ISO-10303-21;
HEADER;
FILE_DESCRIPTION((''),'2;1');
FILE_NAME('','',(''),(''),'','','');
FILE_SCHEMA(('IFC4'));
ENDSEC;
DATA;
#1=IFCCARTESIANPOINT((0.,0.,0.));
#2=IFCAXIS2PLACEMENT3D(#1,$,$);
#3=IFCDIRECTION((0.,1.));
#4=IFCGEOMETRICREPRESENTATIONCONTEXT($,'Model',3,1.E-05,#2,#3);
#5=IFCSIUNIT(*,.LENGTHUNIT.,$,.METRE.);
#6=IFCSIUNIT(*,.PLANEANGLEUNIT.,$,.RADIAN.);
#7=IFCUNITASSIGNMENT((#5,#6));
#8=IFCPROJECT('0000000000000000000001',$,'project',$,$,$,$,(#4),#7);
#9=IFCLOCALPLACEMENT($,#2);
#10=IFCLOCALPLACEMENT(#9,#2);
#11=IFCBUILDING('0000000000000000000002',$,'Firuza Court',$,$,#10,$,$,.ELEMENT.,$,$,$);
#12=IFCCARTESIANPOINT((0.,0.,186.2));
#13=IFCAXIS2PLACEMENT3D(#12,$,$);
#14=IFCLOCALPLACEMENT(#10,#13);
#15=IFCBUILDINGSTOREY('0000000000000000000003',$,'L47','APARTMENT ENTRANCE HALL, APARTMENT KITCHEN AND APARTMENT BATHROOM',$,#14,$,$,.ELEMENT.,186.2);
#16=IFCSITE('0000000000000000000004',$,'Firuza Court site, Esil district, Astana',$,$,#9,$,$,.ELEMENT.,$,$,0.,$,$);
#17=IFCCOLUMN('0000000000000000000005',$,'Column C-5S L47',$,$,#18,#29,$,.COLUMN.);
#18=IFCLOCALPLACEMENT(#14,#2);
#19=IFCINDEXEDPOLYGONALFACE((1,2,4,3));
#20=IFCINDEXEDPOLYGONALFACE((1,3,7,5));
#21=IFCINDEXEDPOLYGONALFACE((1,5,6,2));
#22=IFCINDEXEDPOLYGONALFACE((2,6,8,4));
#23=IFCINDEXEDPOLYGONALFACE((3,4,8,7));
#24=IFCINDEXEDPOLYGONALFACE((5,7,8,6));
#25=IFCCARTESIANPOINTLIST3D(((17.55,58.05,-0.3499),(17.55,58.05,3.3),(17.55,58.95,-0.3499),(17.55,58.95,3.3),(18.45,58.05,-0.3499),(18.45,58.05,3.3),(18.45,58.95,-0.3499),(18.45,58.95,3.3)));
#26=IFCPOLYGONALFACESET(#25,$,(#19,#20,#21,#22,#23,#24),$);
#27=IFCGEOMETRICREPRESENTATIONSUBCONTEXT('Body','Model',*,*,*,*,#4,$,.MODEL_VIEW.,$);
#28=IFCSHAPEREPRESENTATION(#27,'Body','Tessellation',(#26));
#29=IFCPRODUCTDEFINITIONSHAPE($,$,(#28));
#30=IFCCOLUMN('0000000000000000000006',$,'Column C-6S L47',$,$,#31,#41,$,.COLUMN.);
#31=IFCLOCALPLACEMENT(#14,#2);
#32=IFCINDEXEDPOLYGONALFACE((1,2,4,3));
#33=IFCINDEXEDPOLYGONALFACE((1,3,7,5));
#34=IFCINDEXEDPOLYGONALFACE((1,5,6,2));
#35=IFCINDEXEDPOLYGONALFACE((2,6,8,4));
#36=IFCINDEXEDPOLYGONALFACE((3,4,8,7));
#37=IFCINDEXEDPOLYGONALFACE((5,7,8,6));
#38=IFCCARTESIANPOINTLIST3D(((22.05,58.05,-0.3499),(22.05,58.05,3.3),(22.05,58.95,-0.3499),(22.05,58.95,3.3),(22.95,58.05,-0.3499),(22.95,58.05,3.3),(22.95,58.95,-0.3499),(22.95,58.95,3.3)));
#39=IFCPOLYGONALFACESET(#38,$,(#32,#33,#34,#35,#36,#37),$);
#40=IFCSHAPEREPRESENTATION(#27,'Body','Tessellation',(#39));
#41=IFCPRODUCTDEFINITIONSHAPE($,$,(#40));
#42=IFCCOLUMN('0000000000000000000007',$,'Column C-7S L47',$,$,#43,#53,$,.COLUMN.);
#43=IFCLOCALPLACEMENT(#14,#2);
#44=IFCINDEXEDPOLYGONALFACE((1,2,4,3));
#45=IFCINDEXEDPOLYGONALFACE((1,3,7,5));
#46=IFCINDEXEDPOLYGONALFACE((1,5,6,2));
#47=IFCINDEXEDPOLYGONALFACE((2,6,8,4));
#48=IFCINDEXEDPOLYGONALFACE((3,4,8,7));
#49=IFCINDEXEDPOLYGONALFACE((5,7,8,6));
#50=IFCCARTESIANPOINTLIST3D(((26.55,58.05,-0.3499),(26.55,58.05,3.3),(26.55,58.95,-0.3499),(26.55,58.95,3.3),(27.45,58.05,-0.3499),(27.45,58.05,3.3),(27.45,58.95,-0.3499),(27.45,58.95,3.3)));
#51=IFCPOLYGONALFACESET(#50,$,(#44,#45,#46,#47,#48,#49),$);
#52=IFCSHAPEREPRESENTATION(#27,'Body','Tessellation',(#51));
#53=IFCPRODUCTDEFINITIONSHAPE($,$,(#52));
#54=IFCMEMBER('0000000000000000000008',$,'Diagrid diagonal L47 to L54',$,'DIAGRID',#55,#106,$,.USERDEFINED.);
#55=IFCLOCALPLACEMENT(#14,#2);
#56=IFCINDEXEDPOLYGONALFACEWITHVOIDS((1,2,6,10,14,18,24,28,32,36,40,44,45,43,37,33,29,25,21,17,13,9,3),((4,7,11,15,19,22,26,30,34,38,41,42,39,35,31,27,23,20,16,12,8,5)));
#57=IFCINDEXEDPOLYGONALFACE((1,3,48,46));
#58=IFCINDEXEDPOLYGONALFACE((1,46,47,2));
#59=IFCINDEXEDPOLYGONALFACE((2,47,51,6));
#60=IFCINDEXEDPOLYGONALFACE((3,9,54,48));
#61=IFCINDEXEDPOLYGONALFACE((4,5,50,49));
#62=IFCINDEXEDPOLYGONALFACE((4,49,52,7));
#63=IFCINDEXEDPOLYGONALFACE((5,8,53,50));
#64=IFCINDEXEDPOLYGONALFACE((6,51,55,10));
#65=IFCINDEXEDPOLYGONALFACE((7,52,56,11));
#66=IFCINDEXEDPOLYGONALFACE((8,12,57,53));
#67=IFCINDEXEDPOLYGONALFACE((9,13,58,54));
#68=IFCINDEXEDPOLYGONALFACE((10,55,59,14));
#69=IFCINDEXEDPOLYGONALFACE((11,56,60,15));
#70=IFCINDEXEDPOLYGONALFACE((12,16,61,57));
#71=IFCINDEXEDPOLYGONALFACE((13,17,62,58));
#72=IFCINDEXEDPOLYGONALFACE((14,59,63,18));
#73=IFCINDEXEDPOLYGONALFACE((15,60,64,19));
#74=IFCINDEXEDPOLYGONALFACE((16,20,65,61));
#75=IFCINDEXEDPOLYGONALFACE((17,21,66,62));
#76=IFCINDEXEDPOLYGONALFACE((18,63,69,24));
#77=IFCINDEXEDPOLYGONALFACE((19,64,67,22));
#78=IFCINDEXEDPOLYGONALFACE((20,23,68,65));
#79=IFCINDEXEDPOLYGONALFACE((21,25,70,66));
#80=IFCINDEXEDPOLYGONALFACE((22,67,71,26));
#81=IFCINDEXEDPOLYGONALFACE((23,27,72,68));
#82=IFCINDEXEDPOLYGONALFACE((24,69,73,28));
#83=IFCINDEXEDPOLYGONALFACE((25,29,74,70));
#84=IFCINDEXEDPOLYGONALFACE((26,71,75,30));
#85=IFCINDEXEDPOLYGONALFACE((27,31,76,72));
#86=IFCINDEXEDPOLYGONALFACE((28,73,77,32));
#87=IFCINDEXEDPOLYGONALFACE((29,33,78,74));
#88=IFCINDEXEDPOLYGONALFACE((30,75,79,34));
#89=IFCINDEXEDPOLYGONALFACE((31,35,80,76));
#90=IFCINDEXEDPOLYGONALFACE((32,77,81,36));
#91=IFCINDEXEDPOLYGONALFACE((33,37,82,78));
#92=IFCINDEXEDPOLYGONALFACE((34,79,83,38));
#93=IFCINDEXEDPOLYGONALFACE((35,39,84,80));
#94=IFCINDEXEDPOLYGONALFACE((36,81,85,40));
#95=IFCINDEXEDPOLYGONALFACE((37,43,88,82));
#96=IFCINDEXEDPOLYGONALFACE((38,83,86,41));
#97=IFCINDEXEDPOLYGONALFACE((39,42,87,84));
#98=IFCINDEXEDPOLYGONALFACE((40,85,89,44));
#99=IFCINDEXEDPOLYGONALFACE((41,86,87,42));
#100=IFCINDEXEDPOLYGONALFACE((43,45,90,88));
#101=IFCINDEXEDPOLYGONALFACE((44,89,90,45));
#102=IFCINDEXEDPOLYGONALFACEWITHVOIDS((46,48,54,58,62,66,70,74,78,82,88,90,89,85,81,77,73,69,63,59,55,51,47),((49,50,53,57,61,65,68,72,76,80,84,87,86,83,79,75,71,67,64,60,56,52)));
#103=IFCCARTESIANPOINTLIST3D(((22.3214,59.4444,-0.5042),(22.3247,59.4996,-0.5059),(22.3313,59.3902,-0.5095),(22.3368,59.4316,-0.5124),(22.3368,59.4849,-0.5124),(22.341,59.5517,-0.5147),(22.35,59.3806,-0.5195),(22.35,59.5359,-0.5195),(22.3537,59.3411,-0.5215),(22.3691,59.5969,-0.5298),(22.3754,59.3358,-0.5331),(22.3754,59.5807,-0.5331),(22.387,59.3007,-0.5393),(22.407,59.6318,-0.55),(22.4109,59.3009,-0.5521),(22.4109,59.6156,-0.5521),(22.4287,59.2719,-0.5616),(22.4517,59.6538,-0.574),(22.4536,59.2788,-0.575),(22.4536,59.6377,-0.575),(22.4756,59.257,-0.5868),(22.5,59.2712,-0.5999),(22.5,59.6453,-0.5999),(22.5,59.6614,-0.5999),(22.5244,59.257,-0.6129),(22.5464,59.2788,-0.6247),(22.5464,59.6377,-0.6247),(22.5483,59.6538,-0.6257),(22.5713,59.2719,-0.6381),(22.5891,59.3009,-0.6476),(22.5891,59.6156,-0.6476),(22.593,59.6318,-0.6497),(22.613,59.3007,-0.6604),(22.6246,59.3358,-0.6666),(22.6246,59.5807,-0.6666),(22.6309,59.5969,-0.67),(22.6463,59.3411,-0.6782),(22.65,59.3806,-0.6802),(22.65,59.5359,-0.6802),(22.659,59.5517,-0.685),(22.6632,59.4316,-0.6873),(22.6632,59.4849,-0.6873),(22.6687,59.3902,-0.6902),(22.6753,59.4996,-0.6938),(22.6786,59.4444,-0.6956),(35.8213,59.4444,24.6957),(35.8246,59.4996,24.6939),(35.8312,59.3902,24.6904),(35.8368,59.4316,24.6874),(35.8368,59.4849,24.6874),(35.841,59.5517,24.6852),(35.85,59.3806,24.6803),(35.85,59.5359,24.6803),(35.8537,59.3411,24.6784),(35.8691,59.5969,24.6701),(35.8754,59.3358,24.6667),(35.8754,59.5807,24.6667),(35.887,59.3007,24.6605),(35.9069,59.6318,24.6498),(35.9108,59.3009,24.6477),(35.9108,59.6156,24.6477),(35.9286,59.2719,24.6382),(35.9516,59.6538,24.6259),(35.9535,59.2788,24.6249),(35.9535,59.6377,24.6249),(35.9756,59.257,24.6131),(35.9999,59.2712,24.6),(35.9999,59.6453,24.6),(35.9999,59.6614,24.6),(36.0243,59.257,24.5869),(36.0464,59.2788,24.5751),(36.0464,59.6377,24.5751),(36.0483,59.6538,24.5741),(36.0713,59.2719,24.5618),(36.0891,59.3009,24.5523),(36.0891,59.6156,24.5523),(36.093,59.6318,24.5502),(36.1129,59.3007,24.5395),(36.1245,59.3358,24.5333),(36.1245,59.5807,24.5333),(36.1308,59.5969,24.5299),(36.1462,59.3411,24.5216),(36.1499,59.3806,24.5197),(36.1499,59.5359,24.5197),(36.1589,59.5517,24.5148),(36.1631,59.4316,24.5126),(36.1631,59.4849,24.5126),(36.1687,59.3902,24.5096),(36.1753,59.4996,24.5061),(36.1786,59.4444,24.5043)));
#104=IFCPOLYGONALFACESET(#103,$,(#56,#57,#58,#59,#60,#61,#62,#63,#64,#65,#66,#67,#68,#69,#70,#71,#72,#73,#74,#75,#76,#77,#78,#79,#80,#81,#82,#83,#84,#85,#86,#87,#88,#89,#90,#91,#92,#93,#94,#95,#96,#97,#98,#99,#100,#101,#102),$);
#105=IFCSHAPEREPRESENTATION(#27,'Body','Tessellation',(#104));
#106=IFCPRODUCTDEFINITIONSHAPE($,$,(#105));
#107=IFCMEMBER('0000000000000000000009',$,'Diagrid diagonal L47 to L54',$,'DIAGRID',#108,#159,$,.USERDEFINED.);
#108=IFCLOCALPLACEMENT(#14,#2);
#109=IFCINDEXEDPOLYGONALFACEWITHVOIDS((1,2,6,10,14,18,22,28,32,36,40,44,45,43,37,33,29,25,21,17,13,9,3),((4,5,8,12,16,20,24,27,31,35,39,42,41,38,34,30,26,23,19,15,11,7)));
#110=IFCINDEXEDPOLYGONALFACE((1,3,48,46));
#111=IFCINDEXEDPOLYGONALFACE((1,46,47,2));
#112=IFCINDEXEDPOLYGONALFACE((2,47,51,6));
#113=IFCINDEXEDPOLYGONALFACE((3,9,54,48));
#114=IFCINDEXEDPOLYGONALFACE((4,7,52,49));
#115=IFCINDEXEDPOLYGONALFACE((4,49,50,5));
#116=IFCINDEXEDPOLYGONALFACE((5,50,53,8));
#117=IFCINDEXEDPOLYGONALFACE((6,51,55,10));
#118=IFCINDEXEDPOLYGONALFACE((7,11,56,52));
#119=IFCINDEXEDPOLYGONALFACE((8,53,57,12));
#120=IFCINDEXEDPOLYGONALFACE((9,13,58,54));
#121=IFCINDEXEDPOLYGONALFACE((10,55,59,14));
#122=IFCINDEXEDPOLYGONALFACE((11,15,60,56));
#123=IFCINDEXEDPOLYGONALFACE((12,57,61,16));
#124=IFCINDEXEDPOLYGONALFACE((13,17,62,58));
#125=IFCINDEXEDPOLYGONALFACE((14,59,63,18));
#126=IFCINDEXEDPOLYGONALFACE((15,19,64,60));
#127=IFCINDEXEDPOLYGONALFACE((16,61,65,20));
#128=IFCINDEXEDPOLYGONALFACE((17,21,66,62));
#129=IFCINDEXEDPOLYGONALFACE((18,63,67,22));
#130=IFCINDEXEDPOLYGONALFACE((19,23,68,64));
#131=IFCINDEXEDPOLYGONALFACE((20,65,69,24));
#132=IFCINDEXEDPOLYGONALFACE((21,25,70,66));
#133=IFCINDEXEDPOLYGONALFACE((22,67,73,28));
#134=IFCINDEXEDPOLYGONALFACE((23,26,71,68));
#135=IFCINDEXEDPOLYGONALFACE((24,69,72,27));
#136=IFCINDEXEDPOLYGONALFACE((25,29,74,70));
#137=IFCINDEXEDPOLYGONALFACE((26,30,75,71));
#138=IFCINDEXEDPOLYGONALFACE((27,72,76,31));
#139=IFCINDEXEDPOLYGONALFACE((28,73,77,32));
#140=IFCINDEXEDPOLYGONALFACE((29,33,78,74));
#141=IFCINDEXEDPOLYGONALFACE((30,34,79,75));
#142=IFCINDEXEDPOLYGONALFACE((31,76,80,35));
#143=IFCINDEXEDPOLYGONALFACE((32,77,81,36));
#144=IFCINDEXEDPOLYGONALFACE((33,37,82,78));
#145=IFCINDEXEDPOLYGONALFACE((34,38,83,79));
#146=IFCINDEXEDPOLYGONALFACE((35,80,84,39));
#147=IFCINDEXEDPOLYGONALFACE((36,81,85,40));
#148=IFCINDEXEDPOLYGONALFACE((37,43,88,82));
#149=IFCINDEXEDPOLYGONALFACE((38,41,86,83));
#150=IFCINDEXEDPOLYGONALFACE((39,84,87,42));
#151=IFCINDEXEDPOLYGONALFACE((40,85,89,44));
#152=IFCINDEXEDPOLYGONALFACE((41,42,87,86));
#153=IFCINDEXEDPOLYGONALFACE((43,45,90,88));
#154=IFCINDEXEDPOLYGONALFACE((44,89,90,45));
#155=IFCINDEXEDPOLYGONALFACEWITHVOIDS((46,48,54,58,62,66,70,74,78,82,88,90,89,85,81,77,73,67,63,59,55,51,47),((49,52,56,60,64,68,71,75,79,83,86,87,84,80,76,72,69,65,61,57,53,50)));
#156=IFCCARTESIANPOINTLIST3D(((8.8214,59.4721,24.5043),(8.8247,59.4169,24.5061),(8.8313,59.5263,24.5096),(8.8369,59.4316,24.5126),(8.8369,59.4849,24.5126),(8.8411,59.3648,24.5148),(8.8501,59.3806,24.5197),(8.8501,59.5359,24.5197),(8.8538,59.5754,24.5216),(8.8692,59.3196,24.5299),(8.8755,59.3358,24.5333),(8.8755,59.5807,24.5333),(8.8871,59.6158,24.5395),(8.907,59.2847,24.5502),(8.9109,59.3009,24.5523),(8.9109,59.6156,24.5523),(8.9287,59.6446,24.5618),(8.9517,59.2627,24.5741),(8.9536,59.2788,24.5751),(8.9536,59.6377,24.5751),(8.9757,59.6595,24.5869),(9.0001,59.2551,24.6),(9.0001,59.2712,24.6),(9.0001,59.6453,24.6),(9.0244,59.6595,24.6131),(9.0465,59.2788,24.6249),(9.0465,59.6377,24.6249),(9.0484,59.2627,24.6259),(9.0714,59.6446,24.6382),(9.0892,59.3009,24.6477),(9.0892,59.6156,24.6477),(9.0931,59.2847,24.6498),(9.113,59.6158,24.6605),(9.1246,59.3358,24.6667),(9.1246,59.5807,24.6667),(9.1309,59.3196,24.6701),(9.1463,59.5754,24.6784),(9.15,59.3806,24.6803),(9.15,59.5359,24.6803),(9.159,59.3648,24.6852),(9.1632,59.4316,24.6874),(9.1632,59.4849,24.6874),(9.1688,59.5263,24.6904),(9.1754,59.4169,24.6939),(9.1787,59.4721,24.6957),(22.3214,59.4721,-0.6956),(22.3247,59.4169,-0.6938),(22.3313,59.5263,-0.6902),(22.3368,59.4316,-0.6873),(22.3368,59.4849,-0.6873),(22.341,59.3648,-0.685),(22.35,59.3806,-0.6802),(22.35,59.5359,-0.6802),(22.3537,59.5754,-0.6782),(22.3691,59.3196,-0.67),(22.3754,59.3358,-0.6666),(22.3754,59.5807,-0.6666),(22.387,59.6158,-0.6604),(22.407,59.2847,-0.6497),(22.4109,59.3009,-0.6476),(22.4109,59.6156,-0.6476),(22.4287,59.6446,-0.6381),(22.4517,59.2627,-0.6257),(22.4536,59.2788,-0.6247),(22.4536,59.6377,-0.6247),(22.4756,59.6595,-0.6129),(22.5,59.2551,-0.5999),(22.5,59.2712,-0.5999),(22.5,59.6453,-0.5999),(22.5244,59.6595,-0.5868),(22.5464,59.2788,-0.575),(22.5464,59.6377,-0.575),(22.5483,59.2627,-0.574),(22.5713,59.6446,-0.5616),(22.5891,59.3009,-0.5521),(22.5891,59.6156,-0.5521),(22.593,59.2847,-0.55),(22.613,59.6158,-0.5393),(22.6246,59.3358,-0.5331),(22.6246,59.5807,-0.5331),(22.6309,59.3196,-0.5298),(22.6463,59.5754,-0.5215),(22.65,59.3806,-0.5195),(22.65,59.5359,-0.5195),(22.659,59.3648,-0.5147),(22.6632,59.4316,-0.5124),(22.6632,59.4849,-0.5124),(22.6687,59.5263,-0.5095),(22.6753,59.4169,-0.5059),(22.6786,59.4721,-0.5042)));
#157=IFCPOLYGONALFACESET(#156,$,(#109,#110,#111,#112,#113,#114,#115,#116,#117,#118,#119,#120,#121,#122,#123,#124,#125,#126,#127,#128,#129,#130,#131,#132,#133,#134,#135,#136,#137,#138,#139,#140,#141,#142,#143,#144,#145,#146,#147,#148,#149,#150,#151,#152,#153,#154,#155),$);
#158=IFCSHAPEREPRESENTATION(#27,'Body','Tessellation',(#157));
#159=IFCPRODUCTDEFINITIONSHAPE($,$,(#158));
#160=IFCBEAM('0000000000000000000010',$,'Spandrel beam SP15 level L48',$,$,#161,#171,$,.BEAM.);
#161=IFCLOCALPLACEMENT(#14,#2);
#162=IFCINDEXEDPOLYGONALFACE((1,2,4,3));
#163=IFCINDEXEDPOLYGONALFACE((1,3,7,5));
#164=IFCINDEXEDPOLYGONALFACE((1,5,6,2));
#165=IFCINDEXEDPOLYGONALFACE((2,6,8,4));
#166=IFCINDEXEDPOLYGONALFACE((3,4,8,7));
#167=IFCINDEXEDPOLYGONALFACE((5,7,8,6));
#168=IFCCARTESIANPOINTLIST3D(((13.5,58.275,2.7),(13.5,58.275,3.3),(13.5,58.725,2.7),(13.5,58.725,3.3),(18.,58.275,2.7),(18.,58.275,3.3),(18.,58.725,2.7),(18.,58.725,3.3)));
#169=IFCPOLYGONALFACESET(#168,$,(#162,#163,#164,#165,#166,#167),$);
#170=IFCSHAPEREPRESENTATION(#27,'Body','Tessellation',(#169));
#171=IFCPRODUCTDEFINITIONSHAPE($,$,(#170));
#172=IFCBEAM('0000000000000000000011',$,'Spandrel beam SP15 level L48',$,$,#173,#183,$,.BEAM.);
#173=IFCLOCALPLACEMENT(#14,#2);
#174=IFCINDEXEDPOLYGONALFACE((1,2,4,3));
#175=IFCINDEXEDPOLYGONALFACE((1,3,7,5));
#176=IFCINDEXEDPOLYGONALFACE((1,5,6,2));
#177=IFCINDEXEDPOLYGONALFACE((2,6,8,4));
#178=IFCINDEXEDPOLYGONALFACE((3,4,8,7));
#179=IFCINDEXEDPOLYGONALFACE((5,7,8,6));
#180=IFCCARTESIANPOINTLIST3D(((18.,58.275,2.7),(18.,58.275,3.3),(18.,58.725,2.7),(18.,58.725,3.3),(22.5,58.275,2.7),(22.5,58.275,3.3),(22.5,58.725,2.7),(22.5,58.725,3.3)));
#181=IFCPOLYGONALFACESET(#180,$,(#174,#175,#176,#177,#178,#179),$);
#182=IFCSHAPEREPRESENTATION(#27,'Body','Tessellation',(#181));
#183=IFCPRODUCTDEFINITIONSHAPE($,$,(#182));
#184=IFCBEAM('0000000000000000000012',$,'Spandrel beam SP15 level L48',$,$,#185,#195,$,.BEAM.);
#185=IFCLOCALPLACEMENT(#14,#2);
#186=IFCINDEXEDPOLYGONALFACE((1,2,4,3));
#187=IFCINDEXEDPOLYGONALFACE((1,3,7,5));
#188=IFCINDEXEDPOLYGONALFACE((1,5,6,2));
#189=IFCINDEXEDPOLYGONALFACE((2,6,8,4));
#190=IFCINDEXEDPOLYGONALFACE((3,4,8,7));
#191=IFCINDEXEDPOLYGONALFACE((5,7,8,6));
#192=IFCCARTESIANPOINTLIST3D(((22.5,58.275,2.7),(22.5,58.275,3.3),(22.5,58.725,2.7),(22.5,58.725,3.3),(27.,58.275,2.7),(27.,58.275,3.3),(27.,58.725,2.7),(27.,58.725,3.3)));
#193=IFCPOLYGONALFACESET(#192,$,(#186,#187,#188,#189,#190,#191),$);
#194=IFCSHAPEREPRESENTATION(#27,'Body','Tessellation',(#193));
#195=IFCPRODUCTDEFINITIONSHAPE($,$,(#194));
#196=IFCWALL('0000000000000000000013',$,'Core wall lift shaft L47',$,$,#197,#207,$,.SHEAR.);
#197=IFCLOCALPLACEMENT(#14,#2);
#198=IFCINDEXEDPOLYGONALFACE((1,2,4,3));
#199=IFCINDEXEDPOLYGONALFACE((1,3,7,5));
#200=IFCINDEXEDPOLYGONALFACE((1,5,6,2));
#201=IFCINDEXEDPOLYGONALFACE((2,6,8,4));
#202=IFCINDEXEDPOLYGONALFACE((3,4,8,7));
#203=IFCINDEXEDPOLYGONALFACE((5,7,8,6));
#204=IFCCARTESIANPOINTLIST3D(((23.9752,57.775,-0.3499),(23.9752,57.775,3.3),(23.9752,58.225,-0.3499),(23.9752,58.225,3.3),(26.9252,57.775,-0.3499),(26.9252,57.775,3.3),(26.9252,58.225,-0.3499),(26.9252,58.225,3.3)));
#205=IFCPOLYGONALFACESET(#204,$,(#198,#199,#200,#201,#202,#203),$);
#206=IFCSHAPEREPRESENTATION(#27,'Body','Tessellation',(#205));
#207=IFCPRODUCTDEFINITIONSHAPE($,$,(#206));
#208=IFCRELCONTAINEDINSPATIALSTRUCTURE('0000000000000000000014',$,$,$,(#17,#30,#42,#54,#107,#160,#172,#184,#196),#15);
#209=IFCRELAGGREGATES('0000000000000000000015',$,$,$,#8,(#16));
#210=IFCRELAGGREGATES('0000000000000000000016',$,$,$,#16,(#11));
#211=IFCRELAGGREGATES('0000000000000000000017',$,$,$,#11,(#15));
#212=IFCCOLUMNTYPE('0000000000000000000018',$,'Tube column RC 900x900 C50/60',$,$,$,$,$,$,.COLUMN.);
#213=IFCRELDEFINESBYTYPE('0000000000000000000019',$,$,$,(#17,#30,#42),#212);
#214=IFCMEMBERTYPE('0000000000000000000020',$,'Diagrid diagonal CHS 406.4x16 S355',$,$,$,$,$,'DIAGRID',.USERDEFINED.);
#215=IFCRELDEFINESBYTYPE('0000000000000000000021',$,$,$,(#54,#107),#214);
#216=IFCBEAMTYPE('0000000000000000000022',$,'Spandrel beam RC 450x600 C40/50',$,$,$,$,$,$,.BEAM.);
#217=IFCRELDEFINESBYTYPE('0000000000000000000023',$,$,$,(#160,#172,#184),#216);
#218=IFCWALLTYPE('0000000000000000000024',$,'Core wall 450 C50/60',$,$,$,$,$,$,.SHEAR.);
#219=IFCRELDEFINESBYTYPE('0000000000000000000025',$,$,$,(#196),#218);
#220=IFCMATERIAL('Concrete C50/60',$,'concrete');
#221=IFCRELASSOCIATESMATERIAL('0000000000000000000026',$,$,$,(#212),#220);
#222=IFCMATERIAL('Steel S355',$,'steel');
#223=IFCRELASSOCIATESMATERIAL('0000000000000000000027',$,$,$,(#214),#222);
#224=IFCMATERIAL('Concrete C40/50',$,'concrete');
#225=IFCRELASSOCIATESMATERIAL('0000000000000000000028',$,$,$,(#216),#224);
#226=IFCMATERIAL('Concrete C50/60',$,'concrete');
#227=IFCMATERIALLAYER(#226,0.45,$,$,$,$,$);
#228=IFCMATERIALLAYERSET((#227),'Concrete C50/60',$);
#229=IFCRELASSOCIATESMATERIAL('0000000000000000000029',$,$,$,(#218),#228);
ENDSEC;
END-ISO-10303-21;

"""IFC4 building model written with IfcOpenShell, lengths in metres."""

from ifc_helpers import new_model, si_unit, direction, frame, frame_2d, origin, origin_2d, place, context, subcontext, project, spatial, rectangle, hollow_circle, extrude, material, layer, layer_set, material_profile, profile_set, type_object, element, save


model = new_model("IFC4")

# Units and contexts
model_context = context("Model", 3, precision=1e-05, world=origin(), true_north=direction((0.0, 1.0)))
body_context = subcontext(model_context, "Body", "Model", "MODEL_VIEW")
ifc_project = project(units=[si_unit("LENGTHUNIT", "METRE"), si_unit("PLANEANGLEUNIT", "RADIAN")], contexts=[model_context])

# Site, building, storey
site_placement = place(None, origin())
site = spatial("IfcSite", under=ifc_project, at=site_placement, Name="Firuza Court site, Esil district, Astana", CompositionType="ELEMENT", RefElevation=0.0)
building_placement = place(site_placement, origin())
building = spatial("IfcBuilding", under=site, at=building_placement, Name="Firuza Court", CompositionType="ELEMENT")
storey_placement = place(building_placement, frame((0.0, 0.0, 186.2)))
storey = spatial("IfcBuildingStorey", under=building, at=storey_placement, Name="L47", Description="APARTMENT ENTRANCE HALL, APARTMENT KITCHEN AND APARTMENT BATHROOM", CompositionType="ELEMENT", Elevation=186.2)

# Columns
ifc_material_1 = material(Name="Concrete C50/60", Category="concrete")
ifc_material_profile_1 = material_profile(ifc_material_1, rectangle(XDim=0.8999, YDim=0.8999, at=origin_2d()), Name="RC 900x900")
ifc_profile_set_1 = profile_set([ifc_material_profile_1], Name="Concrete C50/60")
column_type = type_object("IfcColumnType", Name="Tube column RC 900x900 C50/60", PredefinedType="COLUMN", material=ifc_profile_set_1)
for number, where, z_axis, x_axis, name in (
    (1, (18.0, 58.5, -0.3499), (0.0, 0.0, 1.0), (1.0, 0.0, 0.0), "Column C-5S L47"),
    (2, (22.5, 58.5, -0.3499), (0.0, 0.0, 1.0), (1.0, 0.0, 0.0), "Column C-6S L47"),
    (3, (27.0, 58.5, -0.3499), (0.0, 0.0, 1.0), (1.0, 0.0, 0.0), "Column C-7S L47"),
):
    element("IfcColumn", number, at=place(storey_placement, frame(where, z_axis=z_axis, x_axis=x_axis)), inside=storey, type_object=column_type, Name=name, PredefinedType="COLUMN", context=body_context, shape_type="SweptSolid", body=[
        extrude(rectangle(XDim=0.8999, YDim=0.8999, at=origin_2d()), origin(), (0.0, 0.0, 1.0), 3.6499),
    ])

# Members
ifc_material_2 = material(Name="Steel S355", Category="steel")
ifc_material_profile_2 = material_profile(ifc_material_2, hollow_circle(Radius=0.2031, WallThickness=0.0161, at=origin_2d()), Name="CHS 406.4x16")
ifc_profile_set_2 = profile_set([ifc_material_profile_2], Name="Steel S355")
member_type = type_object("IfcMemberType", Name="Diagrid diagonal CHS 406.4x16 S355", ElementType="DIAGRID", PredefinedType="USERDEFINED", material=ifc_profile_set_2)
for number, where, z_axis, x_axis, name in (
    (4, (22.5, 59.4583, -0.5999), (0.472222, 0.0, 0.88148), (0.0, 1.0, 0.0), "Diagrid diagonal L47 to L54"),
    (5, (22.5, 59.4583, -0.5999), (-0.472222, 0.0, 0.88148), (0.0, -1.0, 0.0), "Diagrid diagonal L47 to L54"),
):
    element("IfcMember", number, at=place(storey_placement, frame(where, z_axis=z_axis, x_axis=x_axis)), inside=storey, type_object=member_type, Name=name, ObjectType="DIAGRID", PredefinedType="USERDEFINED", context=body_context, shape_type="SweptSolid", body=[
        extrude(hollow_circle(Radius=0.2031, WallThickness=0.0161, at=origin_2d()), origin(), (0.0, 0.0, 1.0), 28.5881),
    ])

# Beams
ifc_material_3 = material(Name="Concrete C40/50", Category="concrete")
ifc_material_profile_3 = material_profile(ifc_material_3, rectangle(XDim=0.45, YDim=0.6001, at=origin_2d()), Name="RC 450x600")
ifc_profile_set_3 = profile_set([ifc_material_profile_3], Name="Concrete C40/50")
beam_type = type_object("IfcBeamType", Name="Spandrel beam RC 450x600 C40/50", PredefinedType="BEAM", material=ifc_profile_set_3)
for number, where, z_axis, x_axis, name in (
    (6, (18.0, 58.5, 3.0), (-1.0, 0.0, 0.0), (0.0, -1.0, 0.0), "Spandrel beam SP15 level L48"),
    (7, (22.5, 58.5, 3.0), (-1.0, 0.0, 0.0), (0.0, -1.0, 0.0), "Spandrel beam SP15 level L48"),
    (8, (27.0, 58.5, 3.0), (-1.0, 0.0, 0.0), (0.0, -1.0, 0.0), "Spandrel beam SP15 level L48"),
):
    element("IfcBeam", number, at=place(storey_placement, frame(where, z_axis=z_axis, x_axis=x_axis)), inside=storey, type_object=beam_type, Name=name, PredefinedType="BEAM", context=body_context, shape_type="SweptSolid", body=[
        extrude(rectangle(XDim=0.45, YDim=0.6001, at=origin_2d()), origin(), (0.0, 0.0, 1.0), 4.5),
    ])

# Wall
ifc_material_4 = material(Name="Concrete C50/60", Category="concrete")
ifc_layer_1 = layer(ifc_material_4, 0.45)
ifc_layer_set_1 = layer_set([ifc_layer_1], Name="Concrete C50/60")
wall_type_1 = type_object("IfcWallType", Name="Core wall 450 C50/60", PredefinedType="SHEAR", material=ifc_layer_set_1)
wall_1_placement = place(storey_placement, frame((23.9751, 58.0, -0.3499), z_axis=(0.0, 0.0, 1.0), x_axis=(1.0, 0.0, 0.0)))
element("IfcWall", 9, at=wall_1_placement, inside=storey, type_object=wall_type_1, Name="Core wall lift shaft L47", PredefinedType="SHEAR", context=body_context, shape_type="SweptSolid", body=[
    extrude(rectangle(XDim=2.95, YDim=0.45, at=frame_2d((1.4751, 0.0))), origin(), (0.0, 0.0, 1.0), 3.6499),
])

save(model, "model.ifc")
